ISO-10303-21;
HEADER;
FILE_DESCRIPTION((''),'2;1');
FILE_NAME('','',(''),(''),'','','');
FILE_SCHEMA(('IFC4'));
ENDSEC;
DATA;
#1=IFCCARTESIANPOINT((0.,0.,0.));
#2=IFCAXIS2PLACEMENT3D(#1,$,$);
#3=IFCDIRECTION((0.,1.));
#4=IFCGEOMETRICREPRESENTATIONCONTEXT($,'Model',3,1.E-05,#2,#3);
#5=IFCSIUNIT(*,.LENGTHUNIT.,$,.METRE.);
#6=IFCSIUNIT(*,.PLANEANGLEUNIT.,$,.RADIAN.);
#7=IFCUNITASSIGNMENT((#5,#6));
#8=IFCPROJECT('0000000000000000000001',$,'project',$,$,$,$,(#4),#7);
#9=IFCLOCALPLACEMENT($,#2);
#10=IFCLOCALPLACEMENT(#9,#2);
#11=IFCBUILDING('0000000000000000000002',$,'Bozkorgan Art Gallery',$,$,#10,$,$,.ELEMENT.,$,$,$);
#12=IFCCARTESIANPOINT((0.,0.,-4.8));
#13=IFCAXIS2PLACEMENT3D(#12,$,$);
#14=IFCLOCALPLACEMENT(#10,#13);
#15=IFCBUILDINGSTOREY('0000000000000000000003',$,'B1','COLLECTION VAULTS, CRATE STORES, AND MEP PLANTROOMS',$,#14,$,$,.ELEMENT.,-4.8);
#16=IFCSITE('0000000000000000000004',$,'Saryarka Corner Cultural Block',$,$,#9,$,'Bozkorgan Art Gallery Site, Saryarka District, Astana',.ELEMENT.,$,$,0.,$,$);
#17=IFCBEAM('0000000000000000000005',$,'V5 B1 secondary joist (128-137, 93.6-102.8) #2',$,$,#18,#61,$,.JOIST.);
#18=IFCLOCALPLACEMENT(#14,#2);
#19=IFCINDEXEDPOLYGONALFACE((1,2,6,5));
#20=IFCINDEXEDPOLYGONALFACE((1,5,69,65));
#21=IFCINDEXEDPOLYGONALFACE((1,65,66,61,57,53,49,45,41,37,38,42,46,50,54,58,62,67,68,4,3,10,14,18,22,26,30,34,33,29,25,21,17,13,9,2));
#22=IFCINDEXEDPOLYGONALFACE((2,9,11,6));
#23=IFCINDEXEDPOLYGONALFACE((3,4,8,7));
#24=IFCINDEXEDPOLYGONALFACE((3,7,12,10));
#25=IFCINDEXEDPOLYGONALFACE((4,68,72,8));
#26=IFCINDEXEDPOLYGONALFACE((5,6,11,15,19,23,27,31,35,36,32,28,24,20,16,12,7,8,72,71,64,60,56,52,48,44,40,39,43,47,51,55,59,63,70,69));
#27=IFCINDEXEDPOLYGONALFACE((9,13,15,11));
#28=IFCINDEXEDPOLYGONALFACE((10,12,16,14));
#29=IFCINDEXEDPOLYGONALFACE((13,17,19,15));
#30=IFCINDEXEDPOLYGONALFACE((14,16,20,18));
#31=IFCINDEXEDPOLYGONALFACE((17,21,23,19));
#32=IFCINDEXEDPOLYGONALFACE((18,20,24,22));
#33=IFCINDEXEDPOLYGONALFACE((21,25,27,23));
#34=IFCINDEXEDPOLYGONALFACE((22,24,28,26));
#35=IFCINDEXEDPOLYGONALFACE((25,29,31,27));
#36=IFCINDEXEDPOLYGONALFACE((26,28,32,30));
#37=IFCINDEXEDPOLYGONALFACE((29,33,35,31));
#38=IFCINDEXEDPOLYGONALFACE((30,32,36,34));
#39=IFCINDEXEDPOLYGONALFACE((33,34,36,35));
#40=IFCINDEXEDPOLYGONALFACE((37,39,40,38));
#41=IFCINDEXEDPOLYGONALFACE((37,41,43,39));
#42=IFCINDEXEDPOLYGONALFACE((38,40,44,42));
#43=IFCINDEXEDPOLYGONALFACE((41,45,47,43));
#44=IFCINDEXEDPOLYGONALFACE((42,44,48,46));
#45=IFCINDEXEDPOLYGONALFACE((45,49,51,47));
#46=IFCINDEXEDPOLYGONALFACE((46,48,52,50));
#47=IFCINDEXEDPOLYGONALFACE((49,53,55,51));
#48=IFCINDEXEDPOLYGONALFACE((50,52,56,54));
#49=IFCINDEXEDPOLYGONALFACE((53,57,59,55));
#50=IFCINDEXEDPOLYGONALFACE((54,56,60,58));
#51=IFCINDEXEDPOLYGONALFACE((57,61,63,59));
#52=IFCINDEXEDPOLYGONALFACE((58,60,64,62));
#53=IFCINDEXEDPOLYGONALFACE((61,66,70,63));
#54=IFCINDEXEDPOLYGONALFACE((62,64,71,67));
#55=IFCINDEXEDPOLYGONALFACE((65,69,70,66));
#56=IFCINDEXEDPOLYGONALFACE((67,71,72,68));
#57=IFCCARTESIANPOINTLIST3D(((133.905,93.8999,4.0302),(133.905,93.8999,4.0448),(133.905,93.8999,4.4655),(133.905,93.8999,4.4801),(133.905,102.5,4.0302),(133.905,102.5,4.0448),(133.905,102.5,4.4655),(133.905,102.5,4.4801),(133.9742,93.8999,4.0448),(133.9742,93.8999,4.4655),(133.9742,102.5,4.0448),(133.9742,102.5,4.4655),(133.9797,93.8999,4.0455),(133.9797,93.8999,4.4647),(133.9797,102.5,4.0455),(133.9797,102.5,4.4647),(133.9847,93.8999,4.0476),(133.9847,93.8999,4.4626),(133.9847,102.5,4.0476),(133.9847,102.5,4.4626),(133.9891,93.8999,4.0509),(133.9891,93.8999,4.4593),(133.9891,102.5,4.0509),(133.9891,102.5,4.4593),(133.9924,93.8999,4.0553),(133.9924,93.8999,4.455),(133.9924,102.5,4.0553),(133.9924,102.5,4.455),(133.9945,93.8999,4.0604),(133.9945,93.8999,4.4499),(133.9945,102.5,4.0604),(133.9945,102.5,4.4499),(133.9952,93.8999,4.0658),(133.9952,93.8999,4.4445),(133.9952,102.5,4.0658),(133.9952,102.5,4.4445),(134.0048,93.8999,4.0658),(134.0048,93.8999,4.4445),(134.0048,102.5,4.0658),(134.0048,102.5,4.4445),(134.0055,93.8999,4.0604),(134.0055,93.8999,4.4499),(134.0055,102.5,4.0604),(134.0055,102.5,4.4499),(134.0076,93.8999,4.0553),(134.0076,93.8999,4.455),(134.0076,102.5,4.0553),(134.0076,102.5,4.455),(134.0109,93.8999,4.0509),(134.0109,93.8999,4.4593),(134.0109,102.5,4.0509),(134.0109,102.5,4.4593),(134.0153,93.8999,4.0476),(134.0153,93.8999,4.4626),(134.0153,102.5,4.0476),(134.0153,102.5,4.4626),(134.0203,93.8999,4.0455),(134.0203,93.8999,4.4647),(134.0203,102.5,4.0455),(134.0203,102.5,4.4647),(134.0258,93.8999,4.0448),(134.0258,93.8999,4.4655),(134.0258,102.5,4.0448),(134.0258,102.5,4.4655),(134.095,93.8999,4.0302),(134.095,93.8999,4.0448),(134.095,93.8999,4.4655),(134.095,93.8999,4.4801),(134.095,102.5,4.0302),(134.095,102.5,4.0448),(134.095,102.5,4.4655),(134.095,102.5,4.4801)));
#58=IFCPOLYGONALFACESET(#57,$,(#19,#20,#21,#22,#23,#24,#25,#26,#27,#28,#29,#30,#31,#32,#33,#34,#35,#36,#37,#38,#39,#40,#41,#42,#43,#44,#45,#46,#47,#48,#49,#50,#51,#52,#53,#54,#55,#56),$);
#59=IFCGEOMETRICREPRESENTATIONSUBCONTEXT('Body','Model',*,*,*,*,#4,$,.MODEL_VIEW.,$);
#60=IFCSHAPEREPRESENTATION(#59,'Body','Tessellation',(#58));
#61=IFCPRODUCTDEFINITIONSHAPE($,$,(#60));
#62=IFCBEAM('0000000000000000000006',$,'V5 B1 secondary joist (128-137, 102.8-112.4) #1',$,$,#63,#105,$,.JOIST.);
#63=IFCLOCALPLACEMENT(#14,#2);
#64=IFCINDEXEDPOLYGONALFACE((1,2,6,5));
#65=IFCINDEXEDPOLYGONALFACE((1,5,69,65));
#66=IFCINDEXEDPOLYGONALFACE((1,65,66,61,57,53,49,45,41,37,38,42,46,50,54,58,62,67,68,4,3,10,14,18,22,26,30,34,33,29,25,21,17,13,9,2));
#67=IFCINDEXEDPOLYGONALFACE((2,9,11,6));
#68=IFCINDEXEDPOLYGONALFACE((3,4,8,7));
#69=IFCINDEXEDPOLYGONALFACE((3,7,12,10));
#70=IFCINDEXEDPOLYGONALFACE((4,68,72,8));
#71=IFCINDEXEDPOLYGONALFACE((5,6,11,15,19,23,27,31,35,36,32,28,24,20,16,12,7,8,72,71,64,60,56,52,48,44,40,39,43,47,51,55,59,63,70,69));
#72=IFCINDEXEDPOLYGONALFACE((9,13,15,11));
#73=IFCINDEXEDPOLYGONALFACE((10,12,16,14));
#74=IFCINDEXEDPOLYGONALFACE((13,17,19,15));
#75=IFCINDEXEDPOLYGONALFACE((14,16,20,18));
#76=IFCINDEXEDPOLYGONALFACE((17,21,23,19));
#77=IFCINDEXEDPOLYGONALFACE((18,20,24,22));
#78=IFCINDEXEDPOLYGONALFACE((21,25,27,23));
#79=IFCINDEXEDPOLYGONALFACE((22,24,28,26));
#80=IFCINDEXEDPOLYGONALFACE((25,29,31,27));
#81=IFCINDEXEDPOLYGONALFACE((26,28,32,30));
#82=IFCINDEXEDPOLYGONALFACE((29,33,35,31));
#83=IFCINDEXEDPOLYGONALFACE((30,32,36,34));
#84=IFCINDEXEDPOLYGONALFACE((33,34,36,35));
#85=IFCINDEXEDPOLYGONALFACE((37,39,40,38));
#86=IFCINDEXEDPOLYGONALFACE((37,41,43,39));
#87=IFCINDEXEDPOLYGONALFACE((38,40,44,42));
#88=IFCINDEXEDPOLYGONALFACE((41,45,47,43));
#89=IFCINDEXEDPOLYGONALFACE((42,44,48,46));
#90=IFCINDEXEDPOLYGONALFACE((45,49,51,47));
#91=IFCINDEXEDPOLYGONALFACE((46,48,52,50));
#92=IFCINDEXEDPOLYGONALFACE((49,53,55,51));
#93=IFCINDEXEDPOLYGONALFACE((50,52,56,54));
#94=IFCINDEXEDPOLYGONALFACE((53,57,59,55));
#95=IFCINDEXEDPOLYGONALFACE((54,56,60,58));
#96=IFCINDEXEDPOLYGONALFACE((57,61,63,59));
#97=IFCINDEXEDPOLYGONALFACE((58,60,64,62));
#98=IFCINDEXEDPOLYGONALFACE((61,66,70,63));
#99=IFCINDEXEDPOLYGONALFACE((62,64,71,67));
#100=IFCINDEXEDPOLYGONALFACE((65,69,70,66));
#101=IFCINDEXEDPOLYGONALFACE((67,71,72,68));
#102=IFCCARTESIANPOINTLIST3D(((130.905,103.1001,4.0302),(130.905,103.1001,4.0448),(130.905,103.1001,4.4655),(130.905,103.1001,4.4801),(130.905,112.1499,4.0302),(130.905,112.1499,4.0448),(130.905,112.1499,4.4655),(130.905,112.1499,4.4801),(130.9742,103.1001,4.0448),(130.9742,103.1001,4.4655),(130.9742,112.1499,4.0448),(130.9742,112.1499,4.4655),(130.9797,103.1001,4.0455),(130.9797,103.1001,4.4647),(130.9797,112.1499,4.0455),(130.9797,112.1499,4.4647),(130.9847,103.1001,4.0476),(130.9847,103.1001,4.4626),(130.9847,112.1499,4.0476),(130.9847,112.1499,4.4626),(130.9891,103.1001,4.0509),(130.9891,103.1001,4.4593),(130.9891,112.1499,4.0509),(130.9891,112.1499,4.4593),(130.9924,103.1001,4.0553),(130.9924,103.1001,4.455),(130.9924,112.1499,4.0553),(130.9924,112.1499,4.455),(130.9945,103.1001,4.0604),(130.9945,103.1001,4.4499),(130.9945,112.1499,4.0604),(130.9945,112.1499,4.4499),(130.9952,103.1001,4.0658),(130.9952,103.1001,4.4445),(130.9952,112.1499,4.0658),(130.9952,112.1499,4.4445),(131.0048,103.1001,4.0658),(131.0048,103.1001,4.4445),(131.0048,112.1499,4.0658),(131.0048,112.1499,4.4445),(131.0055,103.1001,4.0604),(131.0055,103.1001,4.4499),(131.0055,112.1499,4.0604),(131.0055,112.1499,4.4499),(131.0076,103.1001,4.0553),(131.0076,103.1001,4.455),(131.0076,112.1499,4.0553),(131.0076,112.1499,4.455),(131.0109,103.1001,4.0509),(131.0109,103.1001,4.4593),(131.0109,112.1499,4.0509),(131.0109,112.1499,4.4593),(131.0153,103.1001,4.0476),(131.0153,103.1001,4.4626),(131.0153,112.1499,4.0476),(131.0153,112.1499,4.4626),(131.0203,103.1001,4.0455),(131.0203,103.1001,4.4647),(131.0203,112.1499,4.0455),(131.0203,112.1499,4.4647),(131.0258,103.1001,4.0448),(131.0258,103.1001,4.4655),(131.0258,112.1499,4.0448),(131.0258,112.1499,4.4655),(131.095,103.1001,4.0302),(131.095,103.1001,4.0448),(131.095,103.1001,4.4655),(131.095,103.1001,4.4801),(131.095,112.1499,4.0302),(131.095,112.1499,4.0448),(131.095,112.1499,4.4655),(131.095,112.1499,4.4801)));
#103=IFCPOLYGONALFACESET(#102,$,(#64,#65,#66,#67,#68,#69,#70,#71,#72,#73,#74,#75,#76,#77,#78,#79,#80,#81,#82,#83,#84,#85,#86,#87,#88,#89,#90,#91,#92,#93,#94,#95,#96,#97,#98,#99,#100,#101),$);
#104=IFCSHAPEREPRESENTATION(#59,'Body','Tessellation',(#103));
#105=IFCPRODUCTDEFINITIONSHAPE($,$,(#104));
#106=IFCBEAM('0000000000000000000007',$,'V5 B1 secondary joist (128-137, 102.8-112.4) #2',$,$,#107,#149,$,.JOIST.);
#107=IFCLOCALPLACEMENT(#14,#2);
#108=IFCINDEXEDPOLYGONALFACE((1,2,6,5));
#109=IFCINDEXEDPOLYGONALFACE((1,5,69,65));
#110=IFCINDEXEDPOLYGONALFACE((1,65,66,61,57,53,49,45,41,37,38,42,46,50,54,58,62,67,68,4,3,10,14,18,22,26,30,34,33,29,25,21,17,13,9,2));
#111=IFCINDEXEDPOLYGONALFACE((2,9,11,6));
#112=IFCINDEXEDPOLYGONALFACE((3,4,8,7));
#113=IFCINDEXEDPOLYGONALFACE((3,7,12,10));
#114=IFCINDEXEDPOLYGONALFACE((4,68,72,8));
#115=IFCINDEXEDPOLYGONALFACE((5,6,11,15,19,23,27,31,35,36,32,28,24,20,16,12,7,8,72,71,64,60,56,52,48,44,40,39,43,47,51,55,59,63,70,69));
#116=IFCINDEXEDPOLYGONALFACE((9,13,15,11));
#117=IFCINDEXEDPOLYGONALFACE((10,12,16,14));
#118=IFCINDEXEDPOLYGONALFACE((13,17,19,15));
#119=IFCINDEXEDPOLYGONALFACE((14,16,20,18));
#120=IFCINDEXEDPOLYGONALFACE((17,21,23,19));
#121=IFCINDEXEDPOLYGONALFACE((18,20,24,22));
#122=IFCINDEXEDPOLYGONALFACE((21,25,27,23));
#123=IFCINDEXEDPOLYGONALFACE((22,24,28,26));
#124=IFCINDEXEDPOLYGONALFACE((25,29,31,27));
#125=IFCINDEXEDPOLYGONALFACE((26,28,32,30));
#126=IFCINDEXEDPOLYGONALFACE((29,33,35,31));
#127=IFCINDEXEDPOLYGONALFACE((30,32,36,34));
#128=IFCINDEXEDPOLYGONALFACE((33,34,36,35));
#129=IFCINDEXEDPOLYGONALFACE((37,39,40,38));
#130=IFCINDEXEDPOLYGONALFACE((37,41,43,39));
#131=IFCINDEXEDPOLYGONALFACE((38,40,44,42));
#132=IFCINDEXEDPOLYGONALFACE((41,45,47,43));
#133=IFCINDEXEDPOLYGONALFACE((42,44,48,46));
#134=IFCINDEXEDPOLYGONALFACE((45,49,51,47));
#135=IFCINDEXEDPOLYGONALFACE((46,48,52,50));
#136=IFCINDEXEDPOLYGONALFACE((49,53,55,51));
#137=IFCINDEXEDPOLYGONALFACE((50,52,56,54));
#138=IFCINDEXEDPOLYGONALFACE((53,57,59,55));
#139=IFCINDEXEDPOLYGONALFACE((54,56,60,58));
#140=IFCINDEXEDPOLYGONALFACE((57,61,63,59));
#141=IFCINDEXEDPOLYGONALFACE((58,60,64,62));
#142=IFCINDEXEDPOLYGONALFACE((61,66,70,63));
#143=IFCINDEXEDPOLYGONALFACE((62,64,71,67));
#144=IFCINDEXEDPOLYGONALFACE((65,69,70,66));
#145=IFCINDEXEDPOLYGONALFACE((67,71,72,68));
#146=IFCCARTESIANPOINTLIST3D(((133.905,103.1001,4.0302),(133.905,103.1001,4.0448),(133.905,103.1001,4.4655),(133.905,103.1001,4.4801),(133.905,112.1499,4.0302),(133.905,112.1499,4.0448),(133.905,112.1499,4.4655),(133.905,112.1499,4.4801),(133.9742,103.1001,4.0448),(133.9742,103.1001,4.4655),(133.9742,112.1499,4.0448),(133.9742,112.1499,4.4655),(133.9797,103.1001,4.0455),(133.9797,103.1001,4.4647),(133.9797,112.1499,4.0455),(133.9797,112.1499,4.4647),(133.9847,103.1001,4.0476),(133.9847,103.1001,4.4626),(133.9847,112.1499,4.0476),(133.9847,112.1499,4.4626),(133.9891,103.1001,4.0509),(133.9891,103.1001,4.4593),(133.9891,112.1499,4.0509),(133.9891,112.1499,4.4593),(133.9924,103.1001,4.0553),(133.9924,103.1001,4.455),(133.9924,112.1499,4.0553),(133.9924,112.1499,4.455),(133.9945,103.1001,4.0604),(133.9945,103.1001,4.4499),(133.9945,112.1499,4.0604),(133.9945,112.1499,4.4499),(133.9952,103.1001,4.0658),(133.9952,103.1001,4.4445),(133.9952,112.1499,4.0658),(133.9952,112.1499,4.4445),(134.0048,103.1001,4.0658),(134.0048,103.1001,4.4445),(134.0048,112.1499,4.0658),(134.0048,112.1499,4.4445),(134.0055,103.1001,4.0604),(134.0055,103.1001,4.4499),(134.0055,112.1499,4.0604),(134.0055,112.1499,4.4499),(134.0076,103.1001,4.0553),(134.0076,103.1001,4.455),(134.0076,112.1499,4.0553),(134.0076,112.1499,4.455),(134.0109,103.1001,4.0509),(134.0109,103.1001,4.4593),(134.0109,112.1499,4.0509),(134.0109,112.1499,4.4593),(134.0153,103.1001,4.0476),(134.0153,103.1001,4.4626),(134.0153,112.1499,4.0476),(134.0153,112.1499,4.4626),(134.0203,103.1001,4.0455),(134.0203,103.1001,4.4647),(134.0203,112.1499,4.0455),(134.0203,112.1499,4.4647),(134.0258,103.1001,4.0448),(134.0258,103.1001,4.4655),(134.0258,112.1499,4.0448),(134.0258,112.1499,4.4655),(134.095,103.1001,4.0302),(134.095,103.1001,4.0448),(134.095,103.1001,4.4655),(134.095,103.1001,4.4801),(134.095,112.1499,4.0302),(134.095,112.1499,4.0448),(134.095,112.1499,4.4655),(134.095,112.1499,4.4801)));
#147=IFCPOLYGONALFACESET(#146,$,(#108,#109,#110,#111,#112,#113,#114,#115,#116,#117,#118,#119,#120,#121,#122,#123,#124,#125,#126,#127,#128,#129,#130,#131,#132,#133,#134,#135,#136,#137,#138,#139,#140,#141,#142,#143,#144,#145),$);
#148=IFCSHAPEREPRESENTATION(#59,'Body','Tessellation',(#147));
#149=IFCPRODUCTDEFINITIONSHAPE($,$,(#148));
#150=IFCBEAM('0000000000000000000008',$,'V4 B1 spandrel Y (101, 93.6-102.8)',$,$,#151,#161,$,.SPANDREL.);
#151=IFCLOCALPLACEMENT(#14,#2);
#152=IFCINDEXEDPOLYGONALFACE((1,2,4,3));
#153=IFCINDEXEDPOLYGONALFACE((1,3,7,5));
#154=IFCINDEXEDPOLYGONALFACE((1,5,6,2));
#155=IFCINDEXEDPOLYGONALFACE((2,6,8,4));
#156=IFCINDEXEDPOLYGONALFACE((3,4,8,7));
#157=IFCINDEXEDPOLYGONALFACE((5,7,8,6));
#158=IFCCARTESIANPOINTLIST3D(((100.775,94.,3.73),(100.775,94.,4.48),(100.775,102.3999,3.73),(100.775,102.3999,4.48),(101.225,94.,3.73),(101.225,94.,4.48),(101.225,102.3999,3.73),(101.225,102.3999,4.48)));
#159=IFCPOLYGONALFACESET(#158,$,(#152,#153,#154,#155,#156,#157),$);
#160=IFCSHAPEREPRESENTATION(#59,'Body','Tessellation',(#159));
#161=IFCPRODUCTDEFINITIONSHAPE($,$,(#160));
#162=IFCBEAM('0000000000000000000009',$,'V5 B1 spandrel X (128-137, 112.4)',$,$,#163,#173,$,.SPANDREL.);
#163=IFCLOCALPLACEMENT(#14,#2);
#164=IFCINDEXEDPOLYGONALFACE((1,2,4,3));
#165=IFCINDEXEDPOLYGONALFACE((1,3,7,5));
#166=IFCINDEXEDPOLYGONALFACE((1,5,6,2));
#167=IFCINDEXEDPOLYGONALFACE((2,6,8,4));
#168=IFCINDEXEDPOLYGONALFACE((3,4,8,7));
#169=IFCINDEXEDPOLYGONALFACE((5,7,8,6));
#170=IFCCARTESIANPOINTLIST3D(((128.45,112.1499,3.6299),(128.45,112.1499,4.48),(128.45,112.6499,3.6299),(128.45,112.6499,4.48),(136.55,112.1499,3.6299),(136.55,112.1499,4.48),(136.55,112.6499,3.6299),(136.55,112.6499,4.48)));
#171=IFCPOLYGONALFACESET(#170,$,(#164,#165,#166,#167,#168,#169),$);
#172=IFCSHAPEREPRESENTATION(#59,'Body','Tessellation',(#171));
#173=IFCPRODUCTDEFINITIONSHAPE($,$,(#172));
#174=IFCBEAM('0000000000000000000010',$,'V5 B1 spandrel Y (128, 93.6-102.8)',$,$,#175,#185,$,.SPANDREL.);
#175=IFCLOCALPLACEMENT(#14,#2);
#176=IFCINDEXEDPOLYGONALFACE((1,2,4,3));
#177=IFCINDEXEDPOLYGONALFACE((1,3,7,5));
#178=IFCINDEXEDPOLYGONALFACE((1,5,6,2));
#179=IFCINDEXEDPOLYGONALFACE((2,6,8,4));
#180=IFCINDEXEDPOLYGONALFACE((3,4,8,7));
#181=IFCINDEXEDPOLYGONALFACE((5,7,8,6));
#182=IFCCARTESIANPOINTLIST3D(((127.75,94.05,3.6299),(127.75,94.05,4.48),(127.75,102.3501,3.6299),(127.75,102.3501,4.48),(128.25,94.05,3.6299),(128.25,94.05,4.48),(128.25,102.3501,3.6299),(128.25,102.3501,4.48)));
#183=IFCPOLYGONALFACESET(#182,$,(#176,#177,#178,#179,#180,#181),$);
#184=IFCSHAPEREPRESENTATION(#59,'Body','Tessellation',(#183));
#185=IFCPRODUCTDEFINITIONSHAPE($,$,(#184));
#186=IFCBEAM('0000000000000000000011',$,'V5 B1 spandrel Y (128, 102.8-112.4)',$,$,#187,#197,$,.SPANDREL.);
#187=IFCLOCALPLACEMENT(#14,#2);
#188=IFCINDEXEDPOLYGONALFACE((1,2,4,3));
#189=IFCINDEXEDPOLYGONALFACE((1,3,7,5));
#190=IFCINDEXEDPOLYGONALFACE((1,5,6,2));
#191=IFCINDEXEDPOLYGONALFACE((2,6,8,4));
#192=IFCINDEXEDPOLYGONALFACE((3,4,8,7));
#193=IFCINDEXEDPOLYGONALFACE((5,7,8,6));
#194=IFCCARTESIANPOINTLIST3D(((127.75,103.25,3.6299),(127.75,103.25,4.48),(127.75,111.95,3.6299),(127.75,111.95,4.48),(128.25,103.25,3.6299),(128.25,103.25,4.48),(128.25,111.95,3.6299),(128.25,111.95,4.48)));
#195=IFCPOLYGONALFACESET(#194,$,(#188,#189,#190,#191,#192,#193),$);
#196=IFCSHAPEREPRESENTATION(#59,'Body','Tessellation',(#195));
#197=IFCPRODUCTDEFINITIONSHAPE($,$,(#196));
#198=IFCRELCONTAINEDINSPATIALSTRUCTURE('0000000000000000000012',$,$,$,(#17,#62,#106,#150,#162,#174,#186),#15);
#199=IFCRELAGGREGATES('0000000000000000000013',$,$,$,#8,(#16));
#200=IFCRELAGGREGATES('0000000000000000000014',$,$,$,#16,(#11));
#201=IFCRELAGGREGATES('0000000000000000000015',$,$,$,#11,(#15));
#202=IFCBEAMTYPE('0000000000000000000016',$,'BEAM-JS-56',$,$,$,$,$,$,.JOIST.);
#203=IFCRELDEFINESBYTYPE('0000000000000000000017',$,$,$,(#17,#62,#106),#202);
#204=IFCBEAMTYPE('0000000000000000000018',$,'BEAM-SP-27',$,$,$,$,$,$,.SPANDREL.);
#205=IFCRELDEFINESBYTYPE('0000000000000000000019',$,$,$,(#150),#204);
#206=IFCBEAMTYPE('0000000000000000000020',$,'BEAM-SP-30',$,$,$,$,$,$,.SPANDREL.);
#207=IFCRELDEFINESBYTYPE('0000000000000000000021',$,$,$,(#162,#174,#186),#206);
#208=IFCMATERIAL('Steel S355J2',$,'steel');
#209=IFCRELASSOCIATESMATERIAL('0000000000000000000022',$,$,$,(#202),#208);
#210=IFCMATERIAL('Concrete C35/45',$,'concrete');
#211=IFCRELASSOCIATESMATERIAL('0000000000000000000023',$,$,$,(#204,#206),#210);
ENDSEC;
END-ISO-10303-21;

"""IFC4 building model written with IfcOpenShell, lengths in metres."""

from ifc_helpers import new_model, si_unit, direction, frame, origin, origin_2d, place, context, subcontext, project, spatial, rectangle, i_section, extrude, material, material_profile, profile_set, type_object, element, save


model = new_model("IFC4")

# Units and contexts
model_context = context("Model", 3, precision=1e-05, world=origin(), true_north=direction((0.0, 1.0)))
body_context = subcontext(model_context, "Body", "Model", "MODEL_VIEW")
ifc_project = project(units=[si_unit("LENGTHUNIT", "METRE"), si_unit("PLANEANGLEUNIT", "RADIAN")], contexts=[model_context])

# Site, building, storey
site_placement = place(None, origin())
site = spatial("IfcSite", under=ifc_project, at=site_placement, Name="Saryarka Corner Cultural Block", LongName="Bozkorgan Art Gallery Site, Saryarka District, Astana", CompositionType="ELEMENT", RefElevation=0.0)
building_placement = place(site_placement, origin())
building = spatial("IfcBuilding", under=site, at=building_placement, Name="Bozkorgan Art Gallery", CompositionType="ELEMENT")
storey_placement = place(building_placement, frame((0.0, 0.0, -4.8)))
storey = spatial("IfcBuildingStorey", under=building, at=storey_placement, Name="B1", Description="COLLECTION VAULTS, CRATE STORES, AND MEP PLANTROOMS", CompositionType="ELEMENT", Elevation=-4.8)

# Beams
ifc_material_1 = material(Name="Concrete C35/45", Category="concrete")
ifc_material_2 = material(Name="Steel S355J2", Category="steel")
ifc_material_profile_1 = material_profile(ifc_material_2, i_section(OverallWidth=0.1899, OverallDepth=0.45, WebThickness=0.0095, FlangeThickness=0.0146, FilletRadius=0.021, at=origin_2d()), Name="IPE 450")
ifc_profile_set_1 = profile_set([ifc_material_profile_1], Name="Steel S355J2")
beam_type_1 = type_object("IfcBeamType", Name="BEAM-JS-56", PredefinedType="JOIST", material=ifc_profile_set_1)
for number, where, z_axis, x_axis, name in (
    (1, (134.0, 93.8999, 4.2551), (0.0, 1.0, 0.0), (-1.0, 0.0, 0.0), "V5 B1 secondary joist (128-137, 93.6-102.8) #2"),
):
    element("IfcBeam", number, at=place(storey_placement, frame(where, z_axis=z_axis, x_axis=x_axis)), inside=storey, type_object=beam_type_1, Name=name, PredefinedType="JOIST", context=body_context, shape_type="SweptSolid", body=[
        extrude(i_section(OverallWidth=0.1899, OverallDepth=0.45, WebThickness=0.0095, FlangeThickness=0.0146, FilletRadius=0.021, at=origin_2d()), origin(), (0.0, 0.0, 1.0), 8.6001),
    ])
for number, where, z_axis, x_axis, name in (
    (2, (131.0, 103.1001, 4.2551), (0.0, 1.0, 0.0), (-1.0, 0.0, 0.0), "V5 B1 secondary joist (128-137, 102.8-112.4) #1"),
    (3, (134.0, 103.1001, 4.2551), (0.0, 1.0, 0.0), (-1.0, 0.0, 0.0), "V5 B1 secondary joist (128-137, 102.8-112.4) #2"),
):
    element("IfcBeam", number, at=place(storey_placement, frame(where, z_axis=z_axis, x_axis=x_axis)), inside=storey, type_object=beam_type_1, Name=name, PredefinedType="JOIST", context=body_context, shape_type="SweptSolid", body=[
        extrude(i_section(OverallWidth=0.1899, OverallDepth=0.45, WebThickness=0.0095, FlangeThickness=0.0146, FilletRadius=0.021, at=origin_2d()), origin(), (0.0, 0.0, 1.0), 9.0498),
    ])
ifc_material_profile_2 = material_profile(ifc_material_1, rectangle(XDim=0.45, YDim=0.75, at=origin_2d()), Name="RC 450x750")
ifc_profile_set_2 = profile_set([ifc_material_profile_2], Name="Concrete C35/45")
beam_type_2 = type_object("IfcBeamType", Name="BEAM-SP-27", PredefinedType="SPANDREL", material=ifc_profile_set_2)
beam_1_placement = place(storey_placement, frame((101.0, 94.0, 4.105), z_axis=(0.0, 1.0, 0.0), x_axis=(-1.0, 0.0, 0.0)))
element("IfcBeam", 4, at=beam_1_placement, inside=storey, type_object=beam_type_2, Name="V4 B1 spandrel Y (101, 93.6-102.8)", PredefinedType="SPANDREL", context=body_context, shape_type="SweptSolid", body=[
    extrude(rectangle(XDim=0.45, YDim=0.75, at=origin_2d()), origin(), (0.0, 0.0, 1.0), 8.3999),
])
ifc_material_profile_3 = material_profile(ifc_material_1, rectangle(XDim=0.5, YDim=0.8501, at=origin_2d()), Name="RC 500x850")
ifc_profile_set_3 = profile_set([ifc_material_profile_3], Name="Concrete C35/45")
beam_type_3 = type_object("IfcBeamType", Name="BEAM-SP-30", PredefinedType="SPANDREL", material=ifc_profile_set_3)
beam_2_placement = place(storey_placement, frame((128.45, 112.3999, 4.0549), z_axis=(1.0, 0.0, 0.0), x_axis=(0.0, 1.0, 0.0)))
element("IfcBeam", 5, at=beam_2_placement, inside=storey, type_object=beam_type_3, Name="V5 B1 spandrel X (128-137, 112.4)", PredefinedType="SPANDREL", context=body_context, shape_type="SweptSolid", body=[
    extrude(rectangle(XDim=0.5, YDim=0.8501, at=origin_2d()), origin(), (0.0, 0.0, 1.0), 8.1001),
])
beam_3_placement = place(storey_placement, frame((128.0, 94.05, 4.0549), z_axis=(0.0, 1.0, 0.0), x_axis=(-1.0, 0.0, 0.0)))
element("IfcBeam", 6, at=beam_3_placement, inside=storey, type_object=beam_type_3, Name="V5 B1 spandrel Y (128, 93.6-102.8)", PredefinedType="SPANDREL", context=body_context, shape_type="SweptSolid", body=[
    extrude(rectangle(XDim=0.5, YDim=0.8501, at=origin_2d()), origin(), (0.0, 0.0, 1.0), 8.3),
])
beam_4_placement = place(storey_placement, frame((128.0, 103.25, 4.0549), z_axis=(0.0, 1.0, 0.0), x_axis=(-1.0, 0.0, 0.0)))
element("IfcBeam", 7, at=beam_4_placement, inside=storey, type_object=beam_type_3, Name="V5 B1 spandrel Y (128, 102.8-112.4)", PredefinedType="SPANDREL", context=body_context, shape_type="SweptSolid", body=[
    extrude(rectangle(XDim=0.5, YDim=0.8501, at=origin_2d()), origin(), (0.0, 0.0, 1.0), 8.7),
])

save(model, "model.ifc")
